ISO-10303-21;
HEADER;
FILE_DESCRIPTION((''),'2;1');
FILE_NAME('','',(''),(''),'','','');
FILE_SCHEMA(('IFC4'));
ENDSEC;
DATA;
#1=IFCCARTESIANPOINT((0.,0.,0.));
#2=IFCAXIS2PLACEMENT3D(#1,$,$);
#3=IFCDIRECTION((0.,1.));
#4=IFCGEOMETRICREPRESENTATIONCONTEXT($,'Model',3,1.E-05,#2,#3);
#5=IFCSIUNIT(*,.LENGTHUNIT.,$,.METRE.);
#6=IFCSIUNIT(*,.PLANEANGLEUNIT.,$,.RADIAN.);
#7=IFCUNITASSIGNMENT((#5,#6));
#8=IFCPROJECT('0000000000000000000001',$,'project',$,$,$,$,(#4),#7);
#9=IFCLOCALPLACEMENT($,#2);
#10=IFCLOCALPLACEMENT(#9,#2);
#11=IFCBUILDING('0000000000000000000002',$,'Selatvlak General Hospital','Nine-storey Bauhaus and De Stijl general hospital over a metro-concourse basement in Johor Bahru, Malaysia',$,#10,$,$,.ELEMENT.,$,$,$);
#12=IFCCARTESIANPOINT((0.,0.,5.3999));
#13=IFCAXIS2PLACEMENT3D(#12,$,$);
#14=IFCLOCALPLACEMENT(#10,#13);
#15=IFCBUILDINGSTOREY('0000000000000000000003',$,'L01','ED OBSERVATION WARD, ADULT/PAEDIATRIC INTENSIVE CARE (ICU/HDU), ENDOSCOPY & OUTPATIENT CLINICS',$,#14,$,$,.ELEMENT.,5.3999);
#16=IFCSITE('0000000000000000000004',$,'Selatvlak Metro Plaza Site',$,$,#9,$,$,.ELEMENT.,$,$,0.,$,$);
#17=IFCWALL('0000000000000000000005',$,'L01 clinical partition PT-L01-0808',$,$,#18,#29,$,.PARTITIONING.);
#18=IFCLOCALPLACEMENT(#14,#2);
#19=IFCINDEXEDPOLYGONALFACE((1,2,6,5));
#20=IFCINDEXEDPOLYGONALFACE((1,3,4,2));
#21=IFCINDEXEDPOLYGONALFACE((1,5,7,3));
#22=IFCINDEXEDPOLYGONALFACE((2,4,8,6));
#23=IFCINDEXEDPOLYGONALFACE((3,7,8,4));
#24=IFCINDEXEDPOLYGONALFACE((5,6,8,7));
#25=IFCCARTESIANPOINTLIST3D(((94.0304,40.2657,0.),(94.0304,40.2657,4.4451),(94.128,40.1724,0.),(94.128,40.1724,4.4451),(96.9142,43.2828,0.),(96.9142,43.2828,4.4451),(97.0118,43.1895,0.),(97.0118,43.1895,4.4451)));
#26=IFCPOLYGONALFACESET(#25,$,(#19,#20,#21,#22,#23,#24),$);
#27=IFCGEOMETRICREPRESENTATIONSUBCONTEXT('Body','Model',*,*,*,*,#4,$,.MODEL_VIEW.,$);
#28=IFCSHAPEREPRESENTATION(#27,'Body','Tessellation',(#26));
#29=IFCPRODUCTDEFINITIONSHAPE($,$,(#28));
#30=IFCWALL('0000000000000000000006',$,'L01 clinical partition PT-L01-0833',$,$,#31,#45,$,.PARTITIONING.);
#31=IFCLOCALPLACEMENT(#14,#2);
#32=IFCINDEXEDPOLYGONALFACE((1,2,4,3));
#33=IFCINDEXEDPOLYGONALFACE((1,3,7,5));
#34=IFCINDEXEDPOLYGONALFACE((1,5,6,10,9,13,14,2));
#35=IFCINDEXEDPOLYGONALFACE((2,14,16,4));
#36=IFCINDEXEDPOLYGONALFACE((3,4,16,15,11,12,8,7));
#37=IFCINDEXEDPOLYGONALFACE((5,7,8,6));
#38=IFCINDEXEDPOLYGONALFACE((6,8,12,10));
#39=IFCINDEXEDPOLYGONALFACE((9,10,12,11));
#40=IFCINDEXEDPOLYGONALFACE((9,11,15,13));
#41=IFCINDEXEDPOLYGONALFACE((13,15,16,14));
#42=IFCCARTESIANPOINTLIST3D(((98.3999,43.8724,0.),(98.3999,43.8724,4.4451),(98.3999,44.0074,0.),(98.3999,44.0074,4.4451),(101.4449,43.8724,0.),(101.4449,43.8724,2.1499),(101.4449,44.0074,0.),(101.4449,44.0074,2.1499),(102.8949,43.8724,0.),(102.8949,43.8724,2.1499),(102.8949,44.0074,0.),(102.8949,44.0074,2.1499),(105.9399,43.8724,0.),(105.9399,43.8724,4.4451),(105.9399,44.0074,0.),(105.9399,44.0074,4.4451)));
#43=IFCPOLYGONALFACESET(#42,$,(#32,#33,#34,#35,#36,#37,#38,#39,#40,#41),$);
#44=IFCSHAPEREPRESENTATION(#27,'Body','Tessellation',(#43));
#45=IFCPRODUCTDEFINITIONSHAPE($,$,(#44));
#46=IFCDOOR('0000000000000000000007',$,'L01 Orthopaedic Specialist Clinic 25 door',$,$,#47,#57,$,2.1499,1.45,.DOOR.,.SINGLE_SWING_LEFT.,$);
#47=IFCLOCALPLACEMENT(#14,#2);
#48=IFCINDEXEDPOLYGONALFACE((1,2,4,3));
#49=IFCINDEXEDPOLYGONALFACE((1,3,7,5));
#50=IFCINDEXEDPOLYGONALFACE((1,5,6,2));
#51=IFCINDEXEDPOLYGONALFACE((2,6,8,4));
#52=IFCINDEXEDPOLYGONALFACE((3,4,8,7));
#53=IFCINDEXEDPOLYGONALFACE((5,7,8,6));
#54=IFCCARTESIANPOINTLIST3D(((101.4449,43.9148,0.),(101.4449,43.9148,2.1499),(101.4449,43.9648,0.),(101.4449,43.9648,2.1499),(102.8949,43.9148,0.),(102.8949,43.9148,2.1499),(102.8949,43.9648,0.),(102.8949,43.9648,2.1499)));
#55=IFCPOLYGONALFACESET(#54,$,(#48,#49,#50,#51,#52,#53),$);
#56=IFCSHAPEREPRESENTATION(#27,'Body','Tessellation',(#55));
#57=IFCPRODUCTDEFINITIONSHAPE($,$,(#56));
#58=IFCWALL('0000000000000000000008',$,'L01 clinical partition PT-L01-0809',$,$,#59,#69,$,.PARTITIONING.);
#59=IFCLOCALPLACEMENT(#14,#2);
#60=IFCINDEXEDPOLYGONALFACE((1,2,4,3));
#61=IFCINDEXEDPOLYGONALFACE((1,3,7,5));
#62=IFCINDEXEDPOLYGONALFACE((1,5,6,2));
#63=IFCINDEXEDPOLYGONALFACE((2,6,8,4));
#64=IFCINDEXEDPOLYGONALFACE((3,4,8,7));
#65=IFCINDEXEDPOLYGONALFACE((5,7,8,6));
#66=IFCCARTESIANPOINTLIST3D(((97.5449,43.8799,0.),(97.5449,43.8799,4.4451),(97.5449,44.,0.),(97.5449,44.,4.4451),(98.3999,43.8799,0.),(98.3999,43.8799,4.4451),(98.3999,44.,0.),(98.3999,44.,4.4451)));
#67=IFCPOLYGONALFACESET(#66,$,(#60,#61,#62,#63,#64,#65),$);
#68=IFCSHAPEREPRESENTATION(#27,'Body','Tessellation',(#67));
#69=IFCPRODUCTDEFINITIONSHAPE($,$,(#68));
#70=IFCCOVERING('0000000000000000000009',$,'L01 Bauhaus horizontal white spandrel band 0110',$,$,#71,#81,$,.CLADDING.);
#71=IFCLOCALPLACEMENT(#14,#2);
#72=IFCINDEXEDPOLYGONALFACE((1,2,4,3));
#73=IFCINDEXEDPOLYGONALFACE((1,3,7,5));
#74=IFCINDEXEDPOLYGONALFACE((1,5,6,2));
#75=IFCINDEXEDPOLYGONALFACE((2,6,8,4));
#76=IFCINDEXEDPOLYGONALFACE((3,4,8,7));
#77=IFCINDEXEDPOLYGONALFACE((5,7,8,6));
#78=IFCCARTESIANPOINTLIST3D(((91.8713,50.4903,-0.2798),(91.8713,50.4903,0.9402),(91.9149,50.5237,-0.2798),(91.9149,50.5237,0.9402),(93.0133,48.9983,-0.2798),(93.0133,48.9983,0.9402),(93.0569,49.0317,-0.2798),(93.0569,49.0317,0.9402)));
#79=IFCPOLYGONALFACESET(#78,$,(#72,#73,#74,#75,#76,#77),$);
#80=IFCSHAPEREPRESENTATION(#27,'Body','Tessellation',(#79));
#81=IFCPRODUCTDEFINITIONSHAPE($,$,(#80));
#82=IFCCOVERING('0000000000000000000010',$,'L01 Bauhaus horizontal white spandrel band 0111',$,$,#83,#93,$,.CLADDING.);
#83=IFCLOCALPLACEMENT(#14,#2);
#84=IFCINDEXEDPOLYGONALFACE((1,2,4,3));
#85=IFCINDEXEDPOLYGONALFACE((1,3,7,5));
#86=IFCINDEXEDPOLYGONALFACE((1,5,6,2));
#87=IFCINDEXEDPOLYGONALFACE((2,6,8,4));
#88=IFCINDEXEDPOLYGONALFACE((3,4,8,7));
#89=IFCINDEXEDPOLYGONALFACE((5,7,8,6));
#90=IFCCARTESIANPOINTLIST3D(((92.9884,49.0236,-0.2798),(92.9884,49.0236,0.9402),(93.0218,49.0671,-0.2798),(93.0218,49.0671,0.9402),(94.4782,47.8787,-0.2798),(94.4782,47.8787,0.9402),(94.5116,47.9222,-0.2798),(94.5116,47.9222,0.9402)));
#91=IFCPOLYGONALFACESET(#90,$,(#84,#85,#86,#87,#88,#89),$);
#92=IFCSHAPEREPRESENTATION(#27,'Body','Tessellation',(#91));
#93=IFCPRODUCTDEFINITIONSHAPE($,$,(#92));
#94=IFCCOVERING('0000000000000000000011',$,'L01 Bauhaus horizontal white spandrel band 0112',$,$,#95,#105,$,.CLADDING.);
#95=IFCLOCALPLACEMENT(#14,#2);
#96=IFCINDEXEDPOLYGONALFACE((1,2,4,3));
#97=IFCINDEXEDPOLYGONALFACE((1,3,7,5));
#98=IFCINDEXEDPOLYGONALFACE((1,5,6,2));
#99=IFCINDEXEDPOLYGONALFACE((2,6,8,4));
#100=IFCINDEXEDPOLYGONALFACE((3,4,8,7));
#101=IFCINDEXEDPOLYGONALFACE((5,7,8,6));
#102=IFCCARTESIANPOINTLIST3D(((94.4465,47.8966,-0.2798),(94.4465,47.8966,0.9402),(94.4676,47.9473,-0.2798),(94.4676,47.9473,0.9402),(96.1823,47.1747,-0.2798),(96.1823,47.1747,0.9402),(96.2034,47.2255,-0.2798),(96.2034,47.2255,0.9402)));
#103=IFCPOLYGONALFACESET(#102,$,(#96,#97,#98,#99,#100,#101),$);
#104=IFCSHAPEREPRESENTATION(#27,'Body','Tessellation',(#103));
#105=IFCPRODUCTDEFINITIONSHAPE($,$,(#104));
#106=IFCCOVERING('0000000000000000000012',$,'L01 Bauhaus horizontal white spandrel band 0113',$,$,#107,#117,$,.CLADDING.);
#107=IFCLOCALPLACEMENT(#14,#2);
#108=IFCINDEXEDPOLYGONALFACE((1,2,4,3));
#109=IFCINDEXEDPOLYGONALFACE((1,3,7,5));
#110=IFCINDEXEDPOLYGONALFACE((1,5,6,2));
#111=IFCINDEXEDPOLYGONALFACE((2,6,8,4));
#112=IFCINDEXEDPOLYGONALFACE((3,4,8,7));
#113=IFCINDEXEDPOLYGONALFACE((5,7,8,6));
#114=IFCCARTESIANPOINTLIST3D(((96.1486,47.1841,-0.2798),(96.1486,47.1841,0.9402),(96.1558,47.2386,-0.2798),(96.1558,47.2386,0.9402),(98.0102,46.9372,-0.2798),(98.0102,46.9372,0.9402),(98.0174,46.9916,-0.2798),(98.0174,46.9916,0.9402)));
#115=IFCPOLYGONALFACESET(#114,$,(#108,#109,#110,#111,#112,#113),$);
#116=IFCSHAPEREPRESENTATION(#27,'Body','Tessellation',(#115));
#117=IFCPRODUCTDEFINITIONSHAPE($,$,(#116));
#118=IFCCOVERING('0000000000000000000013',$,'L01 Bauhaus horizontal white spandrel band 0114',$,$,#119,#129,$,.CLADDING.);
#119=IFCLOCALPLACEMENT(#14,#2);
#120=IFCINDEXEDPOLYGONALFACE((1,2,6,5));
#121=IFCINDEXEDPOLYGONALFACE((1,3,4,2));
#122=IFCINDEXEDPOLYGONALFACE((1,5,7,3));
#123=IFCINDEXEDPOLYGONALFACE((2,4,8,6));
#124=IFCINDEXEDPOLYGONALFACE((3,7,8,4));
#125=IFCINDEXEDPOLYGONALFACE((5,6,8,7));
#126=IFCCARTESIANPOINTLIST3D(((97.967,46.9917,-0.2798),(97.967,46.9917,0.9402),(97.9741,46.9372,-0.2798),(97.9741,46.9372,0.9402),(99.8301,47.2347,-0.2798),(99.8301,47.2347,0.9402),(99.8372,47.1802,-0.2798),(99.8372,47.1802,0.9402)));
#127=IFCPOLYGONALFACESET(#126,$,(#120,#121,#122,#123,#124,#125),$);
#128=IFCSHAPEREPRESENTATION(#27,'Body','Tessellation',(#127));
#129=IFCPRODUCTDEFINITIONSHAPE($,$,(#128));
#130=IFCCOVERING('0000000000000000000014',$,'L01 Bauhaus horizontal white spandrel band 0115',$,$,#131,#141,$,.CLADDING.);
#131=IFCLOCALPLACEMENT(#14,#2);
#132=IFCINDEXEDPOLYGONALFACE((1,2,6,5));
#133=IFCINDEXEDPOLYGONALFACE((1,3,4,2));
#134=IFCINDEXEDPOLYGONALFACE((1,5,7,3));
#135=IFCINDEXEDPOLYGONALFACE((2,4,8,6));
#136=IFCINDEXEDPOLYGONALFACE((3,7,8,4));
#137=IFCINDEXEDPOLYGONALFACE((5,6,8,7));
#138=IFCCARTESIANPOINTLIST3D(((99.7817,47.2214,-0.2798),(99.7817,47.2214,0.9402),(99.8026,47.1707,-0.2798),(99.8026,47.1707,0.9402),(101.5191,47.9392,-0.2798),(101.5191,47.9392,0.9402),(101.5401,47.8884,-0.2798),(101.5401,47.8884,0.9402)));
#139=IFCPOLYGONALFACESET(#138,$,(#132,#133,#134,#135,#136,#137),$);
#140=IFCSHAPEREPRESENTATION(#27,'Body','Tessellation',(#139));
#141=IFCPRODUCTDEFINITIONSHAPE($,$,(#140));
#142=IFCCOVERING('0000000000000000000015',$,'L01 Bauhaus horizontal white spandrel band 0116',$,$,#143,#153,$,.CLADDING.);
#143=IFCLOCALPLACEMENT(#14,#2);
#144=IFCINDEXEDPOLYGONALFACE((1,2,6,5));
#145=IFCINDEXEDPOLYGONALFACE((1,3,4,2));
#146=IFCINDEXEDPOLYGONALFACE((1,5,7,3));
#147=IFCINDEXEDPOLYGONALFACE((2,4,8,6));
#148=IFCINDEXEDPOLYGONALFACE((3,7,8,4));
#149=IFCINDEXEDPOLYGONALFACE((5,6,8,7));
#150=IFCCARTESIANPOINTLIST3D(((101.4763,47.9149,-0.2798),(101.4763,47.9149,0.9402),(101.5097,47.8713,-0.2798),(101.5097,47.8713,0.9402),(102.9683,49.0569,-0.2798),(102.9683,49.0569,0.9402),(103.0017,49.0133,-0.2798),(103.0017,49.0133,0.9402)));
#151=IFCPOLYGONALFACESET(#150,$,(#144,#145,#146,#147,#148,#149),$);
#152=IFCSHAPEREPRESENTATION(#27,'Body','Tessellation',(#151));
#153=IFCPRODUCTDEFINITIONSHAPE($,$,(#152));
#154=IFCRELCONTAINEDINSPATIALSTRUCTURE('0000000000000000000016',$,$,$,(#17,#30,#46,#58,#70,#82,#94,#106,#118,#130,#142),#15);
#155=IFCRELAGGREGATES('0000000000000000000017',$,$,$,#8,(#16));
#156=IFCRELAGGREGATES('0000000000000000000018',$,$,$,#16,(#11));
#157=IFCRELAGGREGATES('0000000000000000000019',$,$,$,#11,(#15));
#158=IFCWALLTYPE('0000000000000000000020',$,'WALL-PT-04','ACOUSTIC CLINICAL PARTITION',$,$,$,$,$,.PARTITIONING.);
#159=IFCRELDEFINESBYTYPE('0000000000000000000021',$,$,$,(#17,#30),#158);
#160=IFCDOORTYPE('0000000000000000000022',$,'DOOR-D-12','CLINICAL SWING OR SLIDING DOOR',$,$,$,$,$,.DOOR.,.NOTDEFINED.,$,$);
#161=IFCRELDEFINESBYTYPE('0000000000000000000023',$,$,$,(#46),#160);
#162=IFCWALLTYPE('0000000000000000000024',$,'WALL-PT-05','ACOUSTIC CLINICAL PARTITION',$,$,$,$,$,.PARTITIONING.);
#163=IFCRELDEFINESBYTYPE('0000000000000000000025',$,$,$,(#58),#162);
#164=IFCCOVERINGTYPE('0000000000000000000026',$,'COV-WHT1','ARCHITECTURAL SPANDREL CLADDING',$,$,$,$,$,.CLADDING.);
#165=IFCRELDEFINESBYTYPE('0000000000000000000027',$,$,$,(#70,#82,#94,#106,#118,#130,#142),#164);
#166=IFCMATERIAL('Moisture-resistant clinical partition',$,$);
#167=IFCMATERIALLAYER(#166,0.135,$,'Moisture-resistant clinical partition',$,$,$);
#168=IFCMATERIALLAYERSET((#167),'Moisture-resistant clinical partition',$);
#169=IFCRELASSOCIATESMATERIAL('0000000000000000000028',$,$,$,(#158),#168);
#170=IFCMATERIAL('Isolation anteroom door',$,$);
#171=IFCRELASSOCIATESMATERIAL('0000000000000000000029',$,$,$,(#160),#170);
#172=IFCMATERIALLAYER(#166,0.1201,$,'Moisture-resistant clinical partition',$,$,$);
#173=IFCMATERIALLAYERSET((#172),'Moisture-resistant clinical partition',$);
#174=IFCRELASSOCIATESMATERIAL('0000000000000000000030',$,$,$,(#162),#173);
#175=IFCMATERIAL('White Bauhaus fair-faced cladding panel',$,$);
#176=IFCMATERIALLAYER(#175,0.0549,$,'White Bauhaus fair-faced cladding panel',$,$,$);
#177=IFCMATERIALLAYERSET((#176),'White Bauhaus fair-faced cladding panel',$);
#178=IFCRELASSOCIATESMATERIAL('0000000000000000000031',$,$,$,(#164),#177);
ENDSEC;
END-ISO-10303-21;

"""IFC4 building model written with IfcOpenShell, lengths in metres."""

from ifc_helpers import new_model, si_unit, direction, frame, frame_2d, origin, origin_2d, place, context, subcontext, project, spatial, rectangle, extrude, material, layer, layer_set, type_object, element, fill, save


model = new_model("IFC4")

# Units and contexts
model_context = context("Model", 3, precision=1e-05, world=origin(), true_north=direction((0.0, 1.0)))
body_context = subcontext(model_context, "Body", "Model", "MODEL_VIEW")
ifc_project = project(units=[si_unit("LENGTHUNIT", "METRE"), si_unit("PLANEANGLEUNIT", "RADIAN")], contexts=[model_context])

# Site, building, storey
site_placement = place(None, origin())
site = spatial("IfcSite", under=ifc_project, at=site_placement, Name="Selatvlak Metro Plaza Site", CompositionType="ELEMENT", RefElevation=0.0)
building_placement = place(site_placement, origin())
building = spatial("IfcBuilding", under=site, at=building_placement, Name="Selatvlak General Hospital", Description="Nine-storey Bauhaus and De Stijl general hospital over a metro-concourse basement in Johor Bahru, Malaysia", CompositionType="ELEMENT")
storey_placement = place(building_placement, frame((0.0, 0.0, 5.3999)))
storey = spatial("IfcBuildingStorey", under=building, at=storey_placement, Name="L01", Description="ED OBSERVATION WARD, ADULT/PAEDIATRIC INTENSIVE CARE (ICU/HDU), ENDOSCOPY & OUTPATIENT CLINICS", CompositionType="ELEMENT", Elevation=5.3999)

# Wall
ifc_material_1 = material(Name="Moisture-resistant clinical partition")
ifc_layer_1 = layer(ifc_material_1, 0.135, Name="Moisture-resistant clinical partition")
ifc_layer_set_1 = layer_set([ifc_layer_1], Name="Moisture-resistant clinical partition")
wall_type_1 = type_object("IfcWallType", Name="WALL-PT-04", Description="ACOUSTIC CLINICAL PARTITION", PredefinedType="PARTITIONING", material=ifc_layer_set_1)
wall_1_placement = place(storey_placement, frame((94.0791, 40.219, 0.0), z_axis=(0.0, 0.0, 1.0), x_axis=(0.690957, 0.722896, 0.0)))
element("IfcWall", 1, at=wall_1_placement, inside=storey, type_object=wall_type_1, Name="L01 clinical partition PT-L01-0808", PredefinedType="PARTITIONING", context=body_context, shape_type="SweptSolid", body=[
    extrude(rectangle(XDim=4.1736, YDim=0.135, at=frame_2d((2.0869, 0.0))), origin(), (0.0, 0.0, 1.0), 4.4451),
])

# Wall, opening, door
wall_2_placement = place(storey_placement, frame((98.3999, 43.9399, 0.0), z_axis=(0.0, 0.0, 1.0), x_axis=(1.0, 0.0, 0.0)))
wall_2 = element("IfcWall", 2, at=wall_2_placement, inside=storey, type_object=wall_type_1, Name="L01 clinical partition PT-L01-0833", PredefinedType="PARTITIONING", context=body_context, shape_type="SweptSolid", body=[
    extrude(rectangle(XDim=7.54, YDim=0.135, at=frame_2d((3.77, 0.0))), origin(), (0.0, 0.0, 1.0), 4.4451),
])
opening_1_placement = place(wall_2_placement, frame((3.0449, 0.0, 0.0)))
opening_1 = element("IfcOpeningElement", 3, at=opening_1_placement, cuts=wall_2, PredefinedType="OPENING", context=body_context, shape_type="SweptSolid", body=[
    extrude(rectangle(XDim=1.45, YDim=2.1499, at=frame_2d((0.7251, 1.075))), frame((0.0, 0.0774, 0.0), z_axis=(0.0, -1.0, 0.0), x_axis=(1.0, 0.0, 0.0)), (0.0, 0.0, 1.0), 0.155),
])
ifc_material_2 = material(Name="Isolation anteroom door")
door_type_1 = type_object("IfcDoorType", Name="DOOR-D-12", Description="CLINICAL SWING OR SLIDING DOOR", OperationType="NOTDEFINED", PredefinedType="DOOR", material=ifc_material_2)
door_1_placement = place(opening_1_placement, origin())
door_1 = element("IfcDoor", 4, at=door_1_placement, inside=storey, type_object=door_type_1, Name="L01 Orthopaedic Specialist Clinic 25 door", OperationType="SINGLE_SWING_LEFT", OverallHeight=2.1499, OverallWidth=1.45, PredefinedType="DOOR", context=body_context, shape_type="SweptSolid", body=[
    extrude(rectangle(XDim=1.45, YDim=2.1499, at=frame_2d((0.7251, 1.075))), frame((0.0, 0.0249, 0.0), z_axis=(0.0, -1.0, 0.0), x_axis=(1.0, 0.0, 0.0)), (0.0, 0.0, 1.0), 0.05),
])
fill(opening_1, door_1)

# Wall
ifc_layer_2 = layer(ifc_material_1, 0.1201, Name="Moisture-resistant clinical partition")
ifc_layer_set_2 = layer_set([ifc_layer_2], Name="Moisture-resistant clinical partition")
wall_type_2 = type_object("IfcWallType", Name="WALL-PT-05", Description="ACOUSTIC CLINICAL PARTITION", PredefinedType="PARTITIONING", material=ifc_layer_set_2)
wall_3_placement = place(storey_placement, frame((97.5449, 43.9399, 0.0), z_axis=(0.0, 0.0, 1.0), x_axis=(1.0, 0.0, 0.0)))
element("IfcWall", 5, at=wall_3_placement, inside=storey, type_object=wall_type_2, Name="L01 clinical partition PT-L01-0809", PredefinedType="PARTITIONING", context=body_context, shape_type="SweptSolid", body=[
    extrude(rectangle(XDim=0.855, YDim=0.1201, at=frame_2d((0.4275, 0.0))), origin(), (0.0, 0.0, 1.0), 4.4451),
])

# Coverings
ifc_material_3 = material(Name="White Bauhaus fair-faced cladding panel")
ifc_layer_3 = layer(ifc_material_3, 0.0549, Name="White Bauhaus fair-faced cladding panel")
ifc_layer_set_3 = layer_set([ifc_layer_3], Name="White Bauhaus fair-faced cladding panel")
covering_type = type_object("IfcCoveringType", Name="COV-WHT1", Description="ARCHITECTURAL SPANDREL CLADDING", PredefinedType="CLADDING", material=ifc_layer_set_3)
for number, where, z_axis, x_axis, name in (
    (6, (92.4641, 49.761, -0.2798), (0.0, 0.0, 1.0), (0.607806, -0.794086, 0.0), "L01 Bauhaus horizontal white spandrel band 0110"),
    (7, (93.75, 48.4729, -0.2798), (0.0, 0.0, 1.0), (0.792918, -0.609329, 0.0), "L01 Bauhaus horizontal white spandrel band 0111"),
):
    element("IfcCovering", number, at=place(storey_placement, frame(where, z_axis=z_axis, x_axis=x_axis)), inside=storey, type_object=covering_type, Name=name, PredefinedType="CLADDING", context=body_context, shape_type="SweptSolid", body=[
        extrude(rectangle(XDim=1.8789, YDim=0.0549, at=origin_2d()), origin(), (0.0, 0.0, 1.0), 1.22),
    ])
covering_1_placement = place(storey_placement, frame((95.325, 47.561, -0.2798), z_axis=(0.0, 0.0, 1.0), x_axis=(0.923331, -0.384005, 0.0)))
element("IfcCovering", 8, at=covering_1_placement, inside=storey, type_object=covering_type, Name="L01 Bauhaus horizontal white spandrel band 0112", PredefinedType="CLADDING", context=body_context, shape_type="SweptSolid", body=[
    extrude(rectangle(XDim=1.8799, YDim=0.0549, at=origin_2d()), origin(), (0.0, 0.0, 1.0), 1.22),
])
covering_2_placement = place(storey_placement, frame((97.083, 47.0879, -0.2798), z_axis=(0.0, 0.0, 1.0), x_axis=(0.991317, -0.131495, 0.0)))
element("IfcCovering", 9, at=covering_2_placement, inside=storey, type_object=covering_type, Name="L01 Bauhaus horizontal white spandrel band 0113", PredefinedType="CLADDING", context=body_context, shape_type="SweptSolid", body=[
    extrude(rectangle(XDim=1.8779, YDim=0.0549, at=origin_2d()), origin(), (0.0, 0.0, 1.0), 1.22),
])
covering_3_placement = place(storey_placement, frame((98.9021, 47.0859, -0.2798), z_axis=(0.0, 0.0, 1.0), x_axis=(0.991601, 0.129332, 0.0)))
element("IfcCovering", 10, at=covering_3_placement, inside=storey, type_object=covering_type, Name="L01 Bauhaus horizontal white spandrel band 0114", PredefinedType="CLADDING", context=body_context, shape_type="SweptSolid", body=[
    extrude(rectangle(XDim=1.8789, YDim=0.0549, at=origin_2d()), origin(), (0.0, 0.0, 1.0), 1.22),
])
covering_4_placement = place(storey_placement, frame((100.6609, 47.5549, -0.2798), z_axis=(0.0, 0.0, 1.0), x_axis=(0.92424, 0.381813, 0.0)))
element("IfcCovering", 11, at=covering_4_placement, inside=storey, type_object=covering_type, Name="L01 Bauhaus horizontal white spandrel band 0115", PredefinedType="CLADDING", context=body_context, shape_type="SweptSolid", body=[
    extrude(rectangle(XDim=1.8799, YDim=0.0549, at=origin_2d()), origin(), (0.0, 0.0, 1.0), 1.22),
])
covering_5_placement = place(storey_placement, frame((102.239, 48.4641, -0.2798), z_axis=(0.0, 0.0, 1.0), x_axis=(0.794086, 0.607806, 0.0)))
element("IfcCovering", 12, at=covering_5_placement, inside=storey, type_object=covering_type, Name="L01 Bauhaus horizontal white spandrel band 0116", PredefinedType="CLADDING", context=body_context, shape_type="SweptSolid", body=[
    extrude(rectangle(XDim=1.8789, YDim=0.0549, at=origin_2d()), origin(), (0.0, 0.0, 1.0), 1.22),
])

save(model, "model.ifc")
